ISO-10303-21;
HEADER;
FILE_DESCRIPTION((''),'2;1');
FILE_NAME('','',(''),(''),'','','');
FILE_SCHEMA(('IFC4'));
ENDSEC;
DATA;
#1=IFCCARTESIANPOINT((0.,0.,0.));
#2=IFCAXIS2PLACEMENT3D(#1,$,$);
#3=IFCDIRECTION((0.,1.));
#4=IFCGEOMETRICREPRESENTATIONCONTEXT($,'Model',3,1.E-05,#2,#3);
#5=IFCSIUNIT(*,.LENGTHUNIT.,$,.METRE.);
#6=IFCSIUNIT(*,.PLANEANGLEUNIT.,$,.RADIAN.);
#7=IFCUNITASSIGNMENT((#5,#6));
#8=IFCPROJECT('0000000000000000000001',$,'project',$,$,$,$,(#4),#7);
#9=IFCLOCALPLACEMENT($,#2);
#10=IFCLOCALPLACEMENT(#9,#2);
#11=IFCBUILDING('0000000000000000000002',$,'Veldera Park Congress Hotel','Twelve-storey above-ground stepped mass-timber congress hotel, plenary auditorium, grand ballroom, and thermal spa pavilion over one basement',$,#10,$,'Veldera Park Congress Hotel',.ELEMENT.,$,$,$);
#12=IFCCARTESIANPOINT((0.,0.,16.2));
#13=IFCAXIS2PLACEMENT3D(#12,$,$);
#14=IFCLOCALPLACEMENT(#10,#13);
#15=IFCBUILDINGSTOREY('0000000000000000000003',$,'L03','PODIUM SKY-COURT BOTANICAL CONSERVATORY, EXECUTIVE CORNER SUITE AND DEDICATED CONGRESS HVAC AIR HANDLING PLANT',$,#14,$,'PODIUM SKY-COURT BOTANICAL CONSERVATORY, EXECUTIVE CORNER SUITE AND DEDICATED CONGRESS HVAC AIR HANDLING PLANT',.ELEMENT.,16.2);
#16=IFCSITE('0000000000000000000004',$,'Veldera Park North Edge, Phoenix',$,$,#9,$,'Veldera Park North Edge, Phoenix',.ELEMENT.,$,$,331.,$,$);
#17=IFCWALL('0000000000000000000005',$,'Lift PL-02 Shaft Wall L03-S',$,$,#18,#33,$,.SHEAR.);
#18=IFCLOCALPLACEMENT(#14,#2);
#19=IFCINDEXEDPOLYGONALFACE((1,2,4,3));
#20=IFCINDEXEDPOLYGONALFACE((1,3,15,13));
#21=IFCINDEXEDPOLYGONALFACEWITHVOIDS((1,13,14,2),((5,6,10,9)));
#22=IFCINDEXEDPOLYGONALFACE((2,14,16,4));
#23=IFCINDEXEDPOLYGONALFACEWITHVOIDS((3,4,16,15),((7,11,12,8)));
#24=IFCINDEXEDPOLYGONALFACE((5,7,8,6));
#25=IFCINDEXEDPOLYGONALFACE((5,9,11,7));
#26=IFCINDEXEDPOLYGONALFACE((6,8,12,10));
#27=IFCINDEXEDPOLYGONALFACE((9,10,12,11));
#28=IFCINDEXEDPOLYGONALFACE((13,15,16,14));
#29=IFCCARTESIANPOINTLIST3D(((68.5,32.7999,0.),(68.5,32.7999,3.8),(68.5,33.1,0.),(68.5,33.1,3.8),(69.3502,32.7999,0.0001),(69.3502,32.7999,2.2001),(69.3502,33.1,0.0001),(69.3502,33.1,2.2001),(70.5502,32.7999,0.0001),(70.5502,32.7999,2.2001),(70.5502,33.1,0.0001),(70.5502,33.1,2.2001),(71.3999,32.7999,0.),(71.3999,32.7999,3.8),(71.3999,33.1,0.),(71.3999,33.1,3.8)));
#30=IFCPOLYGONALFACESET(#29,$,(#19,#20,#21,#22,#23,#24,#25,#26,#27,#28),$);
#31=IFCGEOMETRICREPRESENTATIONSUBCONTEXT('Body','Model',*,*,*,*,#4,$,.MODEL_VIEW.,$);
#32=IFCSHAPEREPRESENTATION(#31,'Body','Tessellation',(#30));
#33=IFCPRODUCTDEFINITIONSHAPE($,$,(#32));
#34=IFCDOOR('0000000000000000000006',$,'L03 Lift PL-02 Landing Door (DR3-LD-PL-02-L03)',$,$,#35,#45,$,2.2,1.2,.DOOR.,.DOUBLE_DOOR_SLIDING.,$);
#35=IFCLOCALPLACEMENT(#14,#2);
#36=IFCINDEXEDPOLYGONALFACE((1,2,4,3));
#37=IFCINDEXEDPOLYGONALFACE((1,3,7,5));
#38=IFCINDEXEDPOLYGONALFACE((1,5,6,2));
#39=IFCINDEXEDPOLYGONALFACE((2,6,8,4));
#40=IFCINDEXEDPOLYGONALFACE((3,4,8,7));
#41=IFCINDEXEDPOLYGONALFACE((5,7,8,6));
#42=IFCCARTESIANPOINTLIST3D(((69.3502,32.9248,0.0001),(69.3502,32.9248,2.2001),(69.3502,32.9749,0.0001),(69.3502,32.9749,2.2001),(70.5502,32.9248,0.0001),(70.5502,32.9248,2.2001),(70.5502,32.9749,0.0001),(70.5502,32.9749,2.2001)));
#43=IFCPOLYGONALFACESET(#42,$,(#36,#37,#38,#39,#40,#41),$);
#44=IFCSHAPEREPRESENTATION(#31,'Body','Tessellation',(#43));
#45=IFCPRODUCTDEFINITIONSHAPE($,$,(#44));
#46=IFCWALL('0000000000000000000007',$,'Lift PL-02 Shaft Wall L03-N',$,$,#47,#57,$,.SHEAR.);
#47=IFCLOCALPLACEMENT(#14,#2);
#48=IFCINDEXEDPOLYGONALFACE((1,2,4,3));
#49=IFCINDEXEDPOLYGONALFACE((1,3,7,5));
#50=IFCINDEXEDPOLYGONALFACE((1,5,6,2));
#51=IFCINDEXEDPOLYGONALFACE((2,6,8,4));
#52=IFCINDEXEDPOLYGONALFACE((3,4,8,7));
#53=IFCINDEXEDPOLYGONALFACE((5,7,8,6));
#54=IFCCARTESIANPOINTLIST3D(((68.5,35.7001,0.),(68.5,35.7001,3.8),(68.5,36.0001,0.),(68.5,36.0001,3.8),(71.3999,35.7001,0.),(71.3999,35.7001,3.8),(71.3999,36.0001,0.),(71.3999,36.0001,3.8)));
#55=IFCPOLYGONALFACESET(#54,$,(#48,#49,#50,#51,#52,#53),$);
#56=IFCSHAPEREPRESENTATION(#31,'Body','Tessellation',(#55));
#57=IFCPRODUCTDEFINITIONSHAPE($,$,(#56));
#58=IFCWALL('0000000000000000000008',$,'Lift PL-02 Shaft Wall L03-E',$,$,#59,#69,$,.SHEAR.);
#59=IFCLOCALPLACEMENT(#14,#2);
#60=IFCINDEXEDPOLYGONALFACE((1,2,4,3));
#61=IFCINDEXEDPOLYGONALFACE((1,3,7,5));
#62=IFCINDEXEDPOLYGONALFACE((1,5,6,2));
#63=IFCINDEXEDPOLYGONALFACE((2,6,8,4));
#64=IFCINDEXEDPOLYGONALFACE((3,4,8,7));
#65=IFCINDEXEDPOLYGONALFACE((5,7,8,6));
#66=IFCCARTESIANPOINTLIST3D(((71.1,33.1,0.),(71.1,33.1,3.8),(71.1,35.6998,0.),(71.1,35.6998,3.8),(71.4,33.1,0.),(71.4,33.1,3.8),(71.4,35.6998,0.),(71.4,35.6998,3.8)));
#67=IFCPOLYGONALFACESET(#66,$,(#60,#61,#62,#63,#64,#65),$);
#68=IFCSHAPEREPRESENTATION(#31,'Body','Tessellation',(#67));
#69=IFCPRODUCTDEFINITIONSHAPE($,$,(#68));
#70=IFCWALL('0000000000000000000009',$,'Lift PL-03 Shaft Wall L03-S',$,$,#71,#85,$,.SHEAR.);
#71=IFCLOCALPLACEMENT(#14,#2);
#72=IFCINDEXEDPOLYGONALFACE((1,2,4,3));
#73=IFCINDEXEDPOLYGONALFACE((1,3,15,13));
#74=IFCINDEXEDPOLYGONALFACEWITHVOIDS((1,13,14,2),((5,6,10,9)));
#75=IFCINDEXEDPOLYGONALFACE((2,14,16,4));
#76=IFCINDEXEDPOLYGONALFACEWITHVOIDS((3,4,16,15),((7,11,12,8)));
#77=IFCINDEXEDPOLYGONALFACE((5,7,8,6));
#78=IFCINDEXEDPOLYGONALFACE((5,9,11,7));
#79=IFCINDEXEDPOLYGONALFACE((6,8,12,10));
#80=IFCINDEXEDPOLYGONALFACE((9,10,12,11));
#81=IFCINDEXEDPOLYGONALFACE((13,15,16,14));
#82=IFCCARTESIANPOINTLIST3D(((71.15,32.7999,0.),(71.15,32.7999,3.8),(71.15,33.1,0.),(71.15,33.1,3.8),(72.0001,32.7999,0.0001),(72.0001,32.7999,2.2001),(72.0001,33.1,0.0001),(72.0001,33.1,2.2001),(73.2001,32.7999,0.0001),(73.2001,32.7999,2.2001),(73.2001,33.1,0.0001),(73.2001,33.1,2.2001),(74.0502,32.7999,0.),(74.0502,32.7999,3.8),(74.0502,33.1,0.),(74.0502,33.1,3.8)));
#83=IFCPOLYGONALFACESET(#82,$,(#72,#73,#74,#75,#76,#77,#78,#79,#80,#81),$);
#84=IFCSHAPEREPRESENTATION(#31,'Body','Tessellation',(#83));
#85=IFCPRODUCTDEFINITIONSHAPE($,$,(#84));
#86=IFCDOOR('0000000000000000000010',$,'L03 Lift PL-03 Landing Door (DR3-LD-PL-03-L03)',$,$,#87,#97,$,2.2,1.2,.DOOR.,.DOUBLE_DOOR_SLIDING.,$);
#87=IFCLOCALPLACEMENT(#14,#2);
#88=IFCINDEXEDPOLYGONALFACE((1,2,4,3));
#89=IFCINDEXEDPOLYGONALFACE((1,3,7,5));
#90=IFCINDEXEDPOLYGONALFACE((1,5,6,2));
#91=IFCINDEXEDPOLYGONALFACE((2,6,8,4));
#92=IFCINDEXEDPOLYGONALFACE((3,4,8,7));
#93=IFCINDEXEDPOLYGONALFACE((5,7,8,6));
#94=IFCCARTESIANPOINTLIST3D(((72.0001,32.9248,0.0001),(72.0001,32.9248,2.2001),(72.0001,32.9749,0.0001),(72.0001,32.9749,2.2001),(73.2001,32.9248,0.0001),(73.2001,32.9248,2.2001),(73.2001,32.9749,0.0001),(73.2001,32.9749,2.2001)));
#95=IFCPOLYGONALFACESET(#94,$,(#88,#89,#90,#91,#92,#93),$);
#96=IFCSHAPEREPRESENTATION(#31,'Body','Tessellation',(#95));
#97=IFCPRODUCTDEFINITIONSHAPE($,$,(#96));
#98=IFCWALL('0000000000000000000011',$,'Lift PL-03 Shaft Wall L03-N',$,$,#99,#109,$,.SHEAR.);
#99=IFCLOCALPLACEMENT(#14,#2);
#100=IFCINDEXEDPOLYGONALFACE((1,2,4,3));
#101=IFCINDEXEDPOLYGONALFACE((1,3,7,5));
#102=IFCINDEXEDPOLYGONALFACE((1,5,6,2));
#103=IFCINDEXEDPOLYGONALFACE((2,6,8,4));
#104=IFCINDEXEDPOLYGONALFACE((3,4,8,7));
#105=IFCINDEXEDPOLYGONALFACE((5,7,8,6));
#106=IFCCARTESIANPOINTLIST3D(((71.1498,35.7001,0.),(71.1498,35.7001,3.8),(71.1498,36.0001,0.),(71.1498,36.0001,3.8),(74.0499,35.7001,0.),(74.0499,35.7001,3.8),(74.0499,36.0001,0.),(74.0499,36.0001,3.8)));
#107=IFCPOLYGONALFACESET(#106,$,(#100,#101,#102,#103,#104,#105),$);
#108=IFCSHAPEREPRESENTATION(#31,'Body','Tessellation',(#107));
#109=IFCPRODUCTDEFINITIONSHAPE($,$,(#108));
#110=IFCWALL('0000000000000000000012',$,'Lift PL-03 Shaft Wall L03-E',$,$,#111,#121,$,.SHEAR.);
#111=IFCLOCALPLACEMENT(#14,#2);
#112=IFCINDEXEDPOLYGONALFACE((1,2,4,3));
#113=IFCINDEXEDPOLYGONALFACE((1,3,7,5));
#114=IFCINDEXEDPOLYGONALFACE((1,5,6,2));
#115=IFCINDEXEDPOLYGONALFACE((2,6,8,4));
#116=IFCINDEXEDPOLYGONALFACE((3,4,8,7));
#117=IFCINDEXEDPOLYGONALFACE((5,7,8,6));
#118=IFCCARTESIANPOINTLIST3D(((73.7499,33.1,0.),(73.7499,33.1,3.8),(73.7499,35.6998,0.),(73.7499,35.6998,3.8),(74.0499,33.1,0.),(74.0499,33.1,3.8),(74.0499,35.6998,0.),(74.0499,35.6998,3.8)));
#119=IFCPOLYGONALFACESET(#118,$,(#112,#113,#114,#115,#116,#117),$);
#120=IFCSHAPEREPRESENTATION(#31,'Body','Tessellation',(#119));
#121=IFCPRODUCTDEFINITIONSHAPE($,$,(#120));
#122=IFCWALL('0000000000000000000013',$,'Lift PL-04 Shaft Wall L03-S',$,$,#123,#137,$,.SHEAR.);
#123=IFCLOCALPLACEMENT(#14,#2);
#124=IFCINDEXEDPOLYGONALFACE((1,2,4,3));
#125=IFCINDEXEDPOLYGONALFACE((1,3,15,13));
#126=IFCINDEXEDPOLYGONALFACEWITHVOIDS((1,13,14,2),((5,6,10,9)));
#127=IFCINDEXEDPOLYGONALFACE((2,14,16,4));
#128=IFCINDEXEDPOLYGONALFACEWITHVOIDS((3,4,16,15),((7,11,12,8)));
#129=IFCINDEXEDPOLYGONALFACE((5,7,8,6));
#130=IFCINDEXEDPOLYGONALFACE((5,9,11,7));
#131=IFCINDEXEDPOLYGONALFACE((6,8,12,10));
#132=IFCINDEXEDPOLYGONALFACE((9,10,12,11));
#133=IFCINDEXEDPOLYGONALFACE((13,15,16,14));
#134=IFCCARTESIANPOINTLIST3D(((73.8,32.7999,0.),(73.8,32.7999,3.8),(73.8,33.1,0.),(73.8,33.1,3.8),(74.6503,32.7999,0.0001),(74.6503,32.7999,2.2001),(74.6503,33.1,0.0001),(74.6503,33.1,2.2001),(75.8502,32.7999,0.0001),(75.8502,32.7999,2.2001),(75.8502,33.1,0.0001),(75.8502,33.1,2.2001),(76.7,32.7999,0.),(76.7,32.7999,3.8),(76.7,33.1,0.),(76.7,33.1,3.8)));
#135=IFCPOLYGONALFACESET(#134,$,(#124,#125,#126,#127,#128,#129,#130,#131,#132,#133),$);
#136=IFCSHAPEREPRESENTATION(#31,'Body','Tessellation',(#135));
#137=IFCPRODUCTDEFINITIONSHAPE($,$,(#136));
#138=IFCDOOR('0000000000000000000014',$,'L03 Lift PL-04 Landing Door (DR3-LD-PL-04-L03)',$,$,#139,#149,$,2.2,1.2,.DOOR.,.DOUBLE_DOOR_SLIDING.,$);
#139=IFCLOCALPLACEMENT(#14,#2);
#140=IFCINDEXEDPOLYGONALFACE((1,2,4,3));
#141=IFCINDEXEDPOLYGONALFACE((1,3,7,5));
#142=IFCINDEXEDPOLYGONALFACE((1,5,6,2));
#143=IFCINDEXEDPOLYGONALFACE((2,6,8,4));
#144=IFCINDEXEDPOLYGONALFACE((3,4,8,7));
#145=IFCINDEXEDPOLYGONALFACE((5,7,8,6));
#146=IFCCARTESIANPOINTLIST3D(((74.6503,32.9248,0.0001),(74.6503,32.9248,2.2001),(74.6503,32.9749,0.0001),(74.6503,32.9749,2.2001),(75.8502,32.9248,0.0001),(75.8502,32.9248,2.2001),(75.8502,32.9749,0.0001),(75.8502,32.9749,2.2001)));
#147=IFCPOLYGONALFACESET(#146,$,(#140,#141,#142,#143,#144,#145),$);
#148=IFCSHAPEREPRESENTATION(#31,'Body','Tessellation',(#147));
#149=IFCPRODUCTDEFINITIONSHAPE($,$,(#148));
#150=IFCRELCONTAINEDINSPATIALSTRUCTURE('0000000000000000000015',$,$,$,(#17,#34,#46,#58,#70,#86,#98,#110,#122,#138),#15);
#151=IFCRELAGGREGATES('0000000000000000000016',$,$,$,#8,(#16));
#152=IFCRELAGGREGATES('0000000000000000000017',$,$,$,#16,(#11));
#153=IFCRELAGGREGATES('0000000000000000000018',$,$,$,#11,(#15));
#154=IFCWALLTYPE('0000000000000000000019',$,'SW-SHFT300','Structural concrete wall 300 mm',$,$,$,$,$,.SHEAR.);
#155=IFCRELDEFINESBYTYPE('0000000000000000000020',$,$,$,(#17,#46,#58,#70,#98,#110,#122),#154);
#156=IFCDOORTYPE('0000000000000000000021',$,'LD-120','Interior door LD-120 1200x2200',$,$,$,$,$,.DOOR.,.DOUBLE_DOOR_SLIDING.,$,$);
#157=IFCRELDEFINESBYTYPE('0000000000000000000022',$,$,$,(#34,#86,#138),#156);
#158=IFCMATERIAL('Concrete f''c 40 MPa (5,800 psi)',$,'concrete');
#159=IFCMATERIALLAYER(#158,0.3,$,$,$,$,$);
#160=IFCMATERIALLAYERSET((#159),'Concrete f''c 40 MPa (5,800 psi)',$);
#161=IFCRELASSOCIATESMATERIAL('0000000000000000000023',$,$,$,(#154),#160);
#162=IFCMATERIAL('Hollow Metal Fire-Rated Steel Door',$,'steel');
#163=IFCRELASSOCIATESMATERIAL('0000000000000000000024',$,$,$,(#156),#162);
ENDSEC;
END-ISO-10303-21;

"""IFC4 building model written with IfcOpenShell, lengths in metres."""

from ifc_helpers import new_model, si_unit, direction, frame, frame_2d, origin, place, context, subcontext, project, spatial, rectangle, extrude, material, layer, layer_set, type_object, element, fill, save


model = new_model("IFC4")

# Units and contexts
model_context = context("Model", 3, precision=1e-05, world=origin(), true_north=direction((0.0, 1.0)))
body_context = subcontext(model_context, "Body", "Model", "MODEL_VIEW")
ifc_project = project(units=[si_unit("LENGTHUNIT", "METRE"), si_unit("PLANEANGLEUNIT", "RADIAN")], contexts=[model_context])

# Site, building, storey
site_placement = place(None, origin())
site = spatial("IfcSite", under=ifc_project, at=site_placement, Name="Veldera Park North Edge, Phoenix", LongName="Veldera Park North Edge, Phoenix", CompositionType="ELEMENT", RefElevation=331.0)
building_placement = place(site_placement, origin())
building = spatial("IfcBuilding", under=site, at=building_placement, Name="Veldera Park Congress Hotel", Description="Twelve-storey above-ground stepped mass-timber congress hotel, plenary auditorium, grand ballroom, and thermal spa pavilion over one basement", LongName="Veldera Park Congress Hotel", CompositionType="ELEMENT")
storey_placement = place(building_placement, frame((0.0, 0.0, 16.2)))
storey = spatial("IfcBuildingStorey", under=building, at=storey_placement, Name="L03", Description="PODIUM SKY-COURT BOTANICAL CONSERVATORY, EXECUTIVE CORNER SUITE AND DEDICATED CONGRESS HVAC AIR HANDLING PLANT", LongName="PODIUM SKY-COURT BOTANICAL CONSERVATORY, EXECUTIVE CORNER SUITE AND DEDICATED CONGRESS HVAC AIR HANDLING PLANT", CompositionType="ELEMENT", Elevation=16.2)

# Shared definitions
ifc_material_1 = material(Name="Concrete f'c 40 MPa (5,800 psi)", Category="concrete")
ifc_material_2 = material(Name="Hollow Metal Fire-Rated Steel Door", Category="steel")

# Shared definitions
ifc_layer_1 = layer(ifc_material_1, 0.3)
ifc_layer_set_1 = layer_set([ifc_layer_1], Name="Concrete f'c 40 MPa (5,800 psi)")
wall_type_1 = type_object("IfcWallType", Name="SW-SHFT300", Description="Structural concrete wall 300 mm", PredefinedType="SHEAR", material=ifc_layer_set_1)
door_type_1 = type_object("IfcDoorType", Name="LD-120", Description="Interior door LD-120 1200x2200", OperationType="DOUBLE_DOOR_SLIDING", PredefinedType="DOOR", material=ifc_material_2)

# Wall, opening, door
wall_1_placement = place(storey_placement, frame((68.5, 32.95, 0.0), z_axis=(0.0, 0.0, 1.0), x_axis=(1.0, 0.0, 0.0)))
wall_1 = element("IfcWall", 1, at=wall_1_placement, inside=storey, type_object=wall_type_1, Name="Lift PL-02 Shaft Wall L03-S", PredefinedType="SHEAR", context=body_context, shape_type="SweptSolid", body=[
    extrude(rectangle(XDim=2.8999, YDim=0.3, at=frame_2d((1.45, 0.0))), origin(), (0.0, 0.0, 1.0), 3.8),
])
opening_1_placement = place(wall_1_placement, frame((0.8501, 0.0, 0.0)))
opening_1 = element("IfcOpeningElement", 2, at=opening_1_placement, cuts=wall_1, PredefinedType="OPENING", context=body_context, shape_type="SweptSolid", body=[
    extrude(rectangle(XDim=1.2, YDim=2.2, at=frame_2d((0.6001, 1.1001))), frame((0.0, 0.1621, 0.0), z_axis=(0.0, -1.0, 0.0), x_axis=(1.0, 0.0, 0.0)), (0.0, 0.0, 1.0), 0.324),
])
door_1_placement = place(opening_1_placement, origin())
door_1 = element("IfcDoor", 3, at=door_1_placement, inside=storey, type_object=door_type_1, Name="L03 Lift PL-02 Landing Door (DR3-LD-PL-02-L03)", OperationType="DOUBLE_DOOR_SLIDING", OverallHeight=2.2, OverallWidth=1.2, PredefinedType="DOOR", context=body_context, shape_type="SweptSolid", body=[
    extrude(rectangle(XDim=1.2, YDim=2.2, at=frame_2d((0.6001, 1.1001))), frame((0.0, 0.0249, 0.0), z_axis=(0.0, -1.0, 0.0), x_axis=(1.0, 0.0, 0.0)), (0.0, 0.0, 1.0), 0.05),
])
fill(opening_1, door_1)

# Walls
wall_2_placement = place(storey_placement, frame((71.3999, 35.8501, 0.0), z_axis=(0.0, 0.0, 1.0), x_axis=(-1.0, 0.0, 0.0)))
element("IfcWall", 4, at=wall_2_placement, inside=storey, type_object=wall_type_1, Name="Lift PL-02 Shaft Wall L03-N", PredefinedType="SHEAR", context=body_context, shape_type="SweptSolid", body=[
    extrude(rectangle(XDim=2.8999, YDim=0.3, at=frame_2d((1.45, 0.0))), origin(), (0.0, 0.0, 1.0), 3.8),
])
wall_3_placement = place(storey_placement, frame((71.25, 33.1001, 0.0), z_axis=(0.0, 0.0, 1.0), x_axis=(0.0, 1.0, 0.0)))
element("IfcWall", 5, at=wall_3_placement, inside=storey, type_object=wall_type_1, Name="Lift PL-02 Shaft Wall L03-E", PredefinedType="SHEAR", context=body_context, shape_type="SweptSolid", body=[
    extrude(rectangle(XDim=2.5999, YDim=0.3, at=frame_2d((1.2998, 0.0))), origin(), (0.0, 0.0, 1.0), 3.8),
])

# Wall, opening, door
wall_4_placement = place(storey_placement, frame((71.1499, 32.95, 0.0), z_axis=(0.0, 0.0, 1.0), x_axis=(1.0, 0.0, 0.0)))
wall_4 = element("IfcWall", 6, at=wall_4_placement, inside=storey, type_object=wall_type_1, Name="Lift PL-03 Shaft Wall L03-S", PredefinedType="SHEAR", context=body_context, shape_type="SweptSolid", body=[
    extrude(rectangle(XDim=2.9001, YDim=0.3, at=frame_2d((1.4502, 0.0))), origin(), (0.0, 0.0, 1.0), 3.8),
])
opening_2_placement = place(wall_4_placement, frame((0.8501, 0.0, 0.0)))
opening_2 = element("IfcOpeningElement", 7, at=opening_2_placement, cuts=wall_4, PredefinedType="OPENING", context=body_context, shape_type="SweptSolid", body=[
    extrude(rectangle(XDim=1.2, YDim=2.2, at=frame_2d((0.6001, 1.1001))), frame((0.0, 0.1621, 0.0), z_axis=(0.0, -1.0, 0.0), x_axis=(1.0, 0.0, 0.0)), (0.0, 0.0, 1.0), 0.324),
])
door_2_placement = place(opening_2_placement, origin())
door_2 = element("IfcDoor", 8, at=door_2_placement, inside=storey, type_object=door_type_1, Name="L03 Lift PL-03 Landing Door (DR3-LD-PL-03-L03)", OperationType="DOUBLE_DOOR_SLIDING", OverallHeight=2.2, OverallWidth=1.2, PredefinedType="DOOR", context=body_context, shape_type="SweptSolid", body=[
    extrude(rectangle(XDim=1.2, YDim=2.2, at=frame_2d((0.6001, 1.1001))), frame((0.0, 0.0249, 0.0), z_axis=(0.0, -1.0, 0.0), x_axis=(1.0, 0.0, 0.0)), (0.0, 0.0, 1.0), 0.05),
])
fill(opening_2, door_2)

# Walls
wall_5_placement = place(storey_placement, frame((74.05, 35.8501, 0.0), z_axis=(0.0, 0.0, 1.0), x_axis=(-1.0, 0.0, 0.0)))
element("IfcWall", 9, at=wall_5_placement, inside=storey, type_object=wall_type_1, Name="Lift PL-03 Shaft Wall L03-N", PredefinedType="SHEAR", context=body_context, shape_type="SweptSolid", body=[
    extrude(rectangle(XDim=2.9001, YDim=0.3, at=frame_2d((1.4502, 0.0))), origin(), (0.0, 0.0, 1.0), 3.8),
])
wall_6_placement = place(storey_placement, frame((73.8999, 33.1001, 0.0), z_axis=(0.0, 0.0, 1.0), x_axis=(0.0, 1.0, 0.0)))
element("IfcWall", 10, at=wall_6_placement, inside=storey, type_object=wall_type_1, Name="Lift PL-03 Shaft Wall L03-E", PredefinedType="SHEAR", context=body_context, shape_type="SweptSolid", body=[
    extrude(rectangle(XDim=2.5999, YDim=0.3, at=frame_2d((1.2998, 0.0))), origin(), (0.0, 0.0, 1.0), 3.8),
])

# Wall, opening, door
wall_7_placement = place(storey_placement, frame((73.8, 32.95, 0.0), z_axis=(0.0, 0.0, 1.0), x_axis=(1.0, 0.0, 0.0)))
wall_7 = element("IfcWall", 11, at=wall_7_placement, inside=storey, type_object=wall_type_1, Name="Lift PL-04 Shaft Wall L03-S", PredefinedType="SHEAR", context=body_context, shape_type="SweptSolid", body=[
    extrude(rectangle(XDim=2.8999, YDim=0.3, at=frame_2d((1.45, 0.0))), origin(), (0.0, 0.0, 1.0), 3.8),
])
opening_3_placement = place(wall_7_placement, frame((0.8501, 0.0, 0.0)))
opening_3 = element("IfcOpeningElement", 12, at=opening_3_placement, cuts=wall_7, PredefinedType="OPENING", context=body_context, shape_type="SweptSolid", body=[
    extrude(rectangle(XDim=1.2, YDim=2.2, at=frame_2d((0.6001, 1.1001))), frame((0.0, 0.1621, 0.0), z_axis=(0.0, -1.0, 0.0), x_axis=(1.0, 0.0, 0.0)), (0.0, 0.0, 1.0), 0.324),
])
door_3_placement = place(opening_3_placement, origin())
door_3 = element("IfcDoor", 13, at=door_3_placement, inside=storey, type_object=door_type_1, Name="L03 Lift PL-04 Landing Door (DR3-LD-PL-04-L03)", OperationType="DOUBLE_DOOR_SLIDING", OverallHeight=2.2, OverallWidth=1.2, PredefinedType="DOOR", context=body_context, shape_type="SweptSolid", body=[
    extrude(rectangle(XDim=1.2, YDim=2.2, at=frame_2d((0.6001, 1.1001))), frame((0.0, 0.0249, 0.0), z_axis=(0.0, -1.0, 0.0), x_axis=(1.0, 0.0, 0.0)), (0.0, 0.0, 1.0), 0.05),
])
fill(opening_3, door_3)

save(model, "model.ifc")
